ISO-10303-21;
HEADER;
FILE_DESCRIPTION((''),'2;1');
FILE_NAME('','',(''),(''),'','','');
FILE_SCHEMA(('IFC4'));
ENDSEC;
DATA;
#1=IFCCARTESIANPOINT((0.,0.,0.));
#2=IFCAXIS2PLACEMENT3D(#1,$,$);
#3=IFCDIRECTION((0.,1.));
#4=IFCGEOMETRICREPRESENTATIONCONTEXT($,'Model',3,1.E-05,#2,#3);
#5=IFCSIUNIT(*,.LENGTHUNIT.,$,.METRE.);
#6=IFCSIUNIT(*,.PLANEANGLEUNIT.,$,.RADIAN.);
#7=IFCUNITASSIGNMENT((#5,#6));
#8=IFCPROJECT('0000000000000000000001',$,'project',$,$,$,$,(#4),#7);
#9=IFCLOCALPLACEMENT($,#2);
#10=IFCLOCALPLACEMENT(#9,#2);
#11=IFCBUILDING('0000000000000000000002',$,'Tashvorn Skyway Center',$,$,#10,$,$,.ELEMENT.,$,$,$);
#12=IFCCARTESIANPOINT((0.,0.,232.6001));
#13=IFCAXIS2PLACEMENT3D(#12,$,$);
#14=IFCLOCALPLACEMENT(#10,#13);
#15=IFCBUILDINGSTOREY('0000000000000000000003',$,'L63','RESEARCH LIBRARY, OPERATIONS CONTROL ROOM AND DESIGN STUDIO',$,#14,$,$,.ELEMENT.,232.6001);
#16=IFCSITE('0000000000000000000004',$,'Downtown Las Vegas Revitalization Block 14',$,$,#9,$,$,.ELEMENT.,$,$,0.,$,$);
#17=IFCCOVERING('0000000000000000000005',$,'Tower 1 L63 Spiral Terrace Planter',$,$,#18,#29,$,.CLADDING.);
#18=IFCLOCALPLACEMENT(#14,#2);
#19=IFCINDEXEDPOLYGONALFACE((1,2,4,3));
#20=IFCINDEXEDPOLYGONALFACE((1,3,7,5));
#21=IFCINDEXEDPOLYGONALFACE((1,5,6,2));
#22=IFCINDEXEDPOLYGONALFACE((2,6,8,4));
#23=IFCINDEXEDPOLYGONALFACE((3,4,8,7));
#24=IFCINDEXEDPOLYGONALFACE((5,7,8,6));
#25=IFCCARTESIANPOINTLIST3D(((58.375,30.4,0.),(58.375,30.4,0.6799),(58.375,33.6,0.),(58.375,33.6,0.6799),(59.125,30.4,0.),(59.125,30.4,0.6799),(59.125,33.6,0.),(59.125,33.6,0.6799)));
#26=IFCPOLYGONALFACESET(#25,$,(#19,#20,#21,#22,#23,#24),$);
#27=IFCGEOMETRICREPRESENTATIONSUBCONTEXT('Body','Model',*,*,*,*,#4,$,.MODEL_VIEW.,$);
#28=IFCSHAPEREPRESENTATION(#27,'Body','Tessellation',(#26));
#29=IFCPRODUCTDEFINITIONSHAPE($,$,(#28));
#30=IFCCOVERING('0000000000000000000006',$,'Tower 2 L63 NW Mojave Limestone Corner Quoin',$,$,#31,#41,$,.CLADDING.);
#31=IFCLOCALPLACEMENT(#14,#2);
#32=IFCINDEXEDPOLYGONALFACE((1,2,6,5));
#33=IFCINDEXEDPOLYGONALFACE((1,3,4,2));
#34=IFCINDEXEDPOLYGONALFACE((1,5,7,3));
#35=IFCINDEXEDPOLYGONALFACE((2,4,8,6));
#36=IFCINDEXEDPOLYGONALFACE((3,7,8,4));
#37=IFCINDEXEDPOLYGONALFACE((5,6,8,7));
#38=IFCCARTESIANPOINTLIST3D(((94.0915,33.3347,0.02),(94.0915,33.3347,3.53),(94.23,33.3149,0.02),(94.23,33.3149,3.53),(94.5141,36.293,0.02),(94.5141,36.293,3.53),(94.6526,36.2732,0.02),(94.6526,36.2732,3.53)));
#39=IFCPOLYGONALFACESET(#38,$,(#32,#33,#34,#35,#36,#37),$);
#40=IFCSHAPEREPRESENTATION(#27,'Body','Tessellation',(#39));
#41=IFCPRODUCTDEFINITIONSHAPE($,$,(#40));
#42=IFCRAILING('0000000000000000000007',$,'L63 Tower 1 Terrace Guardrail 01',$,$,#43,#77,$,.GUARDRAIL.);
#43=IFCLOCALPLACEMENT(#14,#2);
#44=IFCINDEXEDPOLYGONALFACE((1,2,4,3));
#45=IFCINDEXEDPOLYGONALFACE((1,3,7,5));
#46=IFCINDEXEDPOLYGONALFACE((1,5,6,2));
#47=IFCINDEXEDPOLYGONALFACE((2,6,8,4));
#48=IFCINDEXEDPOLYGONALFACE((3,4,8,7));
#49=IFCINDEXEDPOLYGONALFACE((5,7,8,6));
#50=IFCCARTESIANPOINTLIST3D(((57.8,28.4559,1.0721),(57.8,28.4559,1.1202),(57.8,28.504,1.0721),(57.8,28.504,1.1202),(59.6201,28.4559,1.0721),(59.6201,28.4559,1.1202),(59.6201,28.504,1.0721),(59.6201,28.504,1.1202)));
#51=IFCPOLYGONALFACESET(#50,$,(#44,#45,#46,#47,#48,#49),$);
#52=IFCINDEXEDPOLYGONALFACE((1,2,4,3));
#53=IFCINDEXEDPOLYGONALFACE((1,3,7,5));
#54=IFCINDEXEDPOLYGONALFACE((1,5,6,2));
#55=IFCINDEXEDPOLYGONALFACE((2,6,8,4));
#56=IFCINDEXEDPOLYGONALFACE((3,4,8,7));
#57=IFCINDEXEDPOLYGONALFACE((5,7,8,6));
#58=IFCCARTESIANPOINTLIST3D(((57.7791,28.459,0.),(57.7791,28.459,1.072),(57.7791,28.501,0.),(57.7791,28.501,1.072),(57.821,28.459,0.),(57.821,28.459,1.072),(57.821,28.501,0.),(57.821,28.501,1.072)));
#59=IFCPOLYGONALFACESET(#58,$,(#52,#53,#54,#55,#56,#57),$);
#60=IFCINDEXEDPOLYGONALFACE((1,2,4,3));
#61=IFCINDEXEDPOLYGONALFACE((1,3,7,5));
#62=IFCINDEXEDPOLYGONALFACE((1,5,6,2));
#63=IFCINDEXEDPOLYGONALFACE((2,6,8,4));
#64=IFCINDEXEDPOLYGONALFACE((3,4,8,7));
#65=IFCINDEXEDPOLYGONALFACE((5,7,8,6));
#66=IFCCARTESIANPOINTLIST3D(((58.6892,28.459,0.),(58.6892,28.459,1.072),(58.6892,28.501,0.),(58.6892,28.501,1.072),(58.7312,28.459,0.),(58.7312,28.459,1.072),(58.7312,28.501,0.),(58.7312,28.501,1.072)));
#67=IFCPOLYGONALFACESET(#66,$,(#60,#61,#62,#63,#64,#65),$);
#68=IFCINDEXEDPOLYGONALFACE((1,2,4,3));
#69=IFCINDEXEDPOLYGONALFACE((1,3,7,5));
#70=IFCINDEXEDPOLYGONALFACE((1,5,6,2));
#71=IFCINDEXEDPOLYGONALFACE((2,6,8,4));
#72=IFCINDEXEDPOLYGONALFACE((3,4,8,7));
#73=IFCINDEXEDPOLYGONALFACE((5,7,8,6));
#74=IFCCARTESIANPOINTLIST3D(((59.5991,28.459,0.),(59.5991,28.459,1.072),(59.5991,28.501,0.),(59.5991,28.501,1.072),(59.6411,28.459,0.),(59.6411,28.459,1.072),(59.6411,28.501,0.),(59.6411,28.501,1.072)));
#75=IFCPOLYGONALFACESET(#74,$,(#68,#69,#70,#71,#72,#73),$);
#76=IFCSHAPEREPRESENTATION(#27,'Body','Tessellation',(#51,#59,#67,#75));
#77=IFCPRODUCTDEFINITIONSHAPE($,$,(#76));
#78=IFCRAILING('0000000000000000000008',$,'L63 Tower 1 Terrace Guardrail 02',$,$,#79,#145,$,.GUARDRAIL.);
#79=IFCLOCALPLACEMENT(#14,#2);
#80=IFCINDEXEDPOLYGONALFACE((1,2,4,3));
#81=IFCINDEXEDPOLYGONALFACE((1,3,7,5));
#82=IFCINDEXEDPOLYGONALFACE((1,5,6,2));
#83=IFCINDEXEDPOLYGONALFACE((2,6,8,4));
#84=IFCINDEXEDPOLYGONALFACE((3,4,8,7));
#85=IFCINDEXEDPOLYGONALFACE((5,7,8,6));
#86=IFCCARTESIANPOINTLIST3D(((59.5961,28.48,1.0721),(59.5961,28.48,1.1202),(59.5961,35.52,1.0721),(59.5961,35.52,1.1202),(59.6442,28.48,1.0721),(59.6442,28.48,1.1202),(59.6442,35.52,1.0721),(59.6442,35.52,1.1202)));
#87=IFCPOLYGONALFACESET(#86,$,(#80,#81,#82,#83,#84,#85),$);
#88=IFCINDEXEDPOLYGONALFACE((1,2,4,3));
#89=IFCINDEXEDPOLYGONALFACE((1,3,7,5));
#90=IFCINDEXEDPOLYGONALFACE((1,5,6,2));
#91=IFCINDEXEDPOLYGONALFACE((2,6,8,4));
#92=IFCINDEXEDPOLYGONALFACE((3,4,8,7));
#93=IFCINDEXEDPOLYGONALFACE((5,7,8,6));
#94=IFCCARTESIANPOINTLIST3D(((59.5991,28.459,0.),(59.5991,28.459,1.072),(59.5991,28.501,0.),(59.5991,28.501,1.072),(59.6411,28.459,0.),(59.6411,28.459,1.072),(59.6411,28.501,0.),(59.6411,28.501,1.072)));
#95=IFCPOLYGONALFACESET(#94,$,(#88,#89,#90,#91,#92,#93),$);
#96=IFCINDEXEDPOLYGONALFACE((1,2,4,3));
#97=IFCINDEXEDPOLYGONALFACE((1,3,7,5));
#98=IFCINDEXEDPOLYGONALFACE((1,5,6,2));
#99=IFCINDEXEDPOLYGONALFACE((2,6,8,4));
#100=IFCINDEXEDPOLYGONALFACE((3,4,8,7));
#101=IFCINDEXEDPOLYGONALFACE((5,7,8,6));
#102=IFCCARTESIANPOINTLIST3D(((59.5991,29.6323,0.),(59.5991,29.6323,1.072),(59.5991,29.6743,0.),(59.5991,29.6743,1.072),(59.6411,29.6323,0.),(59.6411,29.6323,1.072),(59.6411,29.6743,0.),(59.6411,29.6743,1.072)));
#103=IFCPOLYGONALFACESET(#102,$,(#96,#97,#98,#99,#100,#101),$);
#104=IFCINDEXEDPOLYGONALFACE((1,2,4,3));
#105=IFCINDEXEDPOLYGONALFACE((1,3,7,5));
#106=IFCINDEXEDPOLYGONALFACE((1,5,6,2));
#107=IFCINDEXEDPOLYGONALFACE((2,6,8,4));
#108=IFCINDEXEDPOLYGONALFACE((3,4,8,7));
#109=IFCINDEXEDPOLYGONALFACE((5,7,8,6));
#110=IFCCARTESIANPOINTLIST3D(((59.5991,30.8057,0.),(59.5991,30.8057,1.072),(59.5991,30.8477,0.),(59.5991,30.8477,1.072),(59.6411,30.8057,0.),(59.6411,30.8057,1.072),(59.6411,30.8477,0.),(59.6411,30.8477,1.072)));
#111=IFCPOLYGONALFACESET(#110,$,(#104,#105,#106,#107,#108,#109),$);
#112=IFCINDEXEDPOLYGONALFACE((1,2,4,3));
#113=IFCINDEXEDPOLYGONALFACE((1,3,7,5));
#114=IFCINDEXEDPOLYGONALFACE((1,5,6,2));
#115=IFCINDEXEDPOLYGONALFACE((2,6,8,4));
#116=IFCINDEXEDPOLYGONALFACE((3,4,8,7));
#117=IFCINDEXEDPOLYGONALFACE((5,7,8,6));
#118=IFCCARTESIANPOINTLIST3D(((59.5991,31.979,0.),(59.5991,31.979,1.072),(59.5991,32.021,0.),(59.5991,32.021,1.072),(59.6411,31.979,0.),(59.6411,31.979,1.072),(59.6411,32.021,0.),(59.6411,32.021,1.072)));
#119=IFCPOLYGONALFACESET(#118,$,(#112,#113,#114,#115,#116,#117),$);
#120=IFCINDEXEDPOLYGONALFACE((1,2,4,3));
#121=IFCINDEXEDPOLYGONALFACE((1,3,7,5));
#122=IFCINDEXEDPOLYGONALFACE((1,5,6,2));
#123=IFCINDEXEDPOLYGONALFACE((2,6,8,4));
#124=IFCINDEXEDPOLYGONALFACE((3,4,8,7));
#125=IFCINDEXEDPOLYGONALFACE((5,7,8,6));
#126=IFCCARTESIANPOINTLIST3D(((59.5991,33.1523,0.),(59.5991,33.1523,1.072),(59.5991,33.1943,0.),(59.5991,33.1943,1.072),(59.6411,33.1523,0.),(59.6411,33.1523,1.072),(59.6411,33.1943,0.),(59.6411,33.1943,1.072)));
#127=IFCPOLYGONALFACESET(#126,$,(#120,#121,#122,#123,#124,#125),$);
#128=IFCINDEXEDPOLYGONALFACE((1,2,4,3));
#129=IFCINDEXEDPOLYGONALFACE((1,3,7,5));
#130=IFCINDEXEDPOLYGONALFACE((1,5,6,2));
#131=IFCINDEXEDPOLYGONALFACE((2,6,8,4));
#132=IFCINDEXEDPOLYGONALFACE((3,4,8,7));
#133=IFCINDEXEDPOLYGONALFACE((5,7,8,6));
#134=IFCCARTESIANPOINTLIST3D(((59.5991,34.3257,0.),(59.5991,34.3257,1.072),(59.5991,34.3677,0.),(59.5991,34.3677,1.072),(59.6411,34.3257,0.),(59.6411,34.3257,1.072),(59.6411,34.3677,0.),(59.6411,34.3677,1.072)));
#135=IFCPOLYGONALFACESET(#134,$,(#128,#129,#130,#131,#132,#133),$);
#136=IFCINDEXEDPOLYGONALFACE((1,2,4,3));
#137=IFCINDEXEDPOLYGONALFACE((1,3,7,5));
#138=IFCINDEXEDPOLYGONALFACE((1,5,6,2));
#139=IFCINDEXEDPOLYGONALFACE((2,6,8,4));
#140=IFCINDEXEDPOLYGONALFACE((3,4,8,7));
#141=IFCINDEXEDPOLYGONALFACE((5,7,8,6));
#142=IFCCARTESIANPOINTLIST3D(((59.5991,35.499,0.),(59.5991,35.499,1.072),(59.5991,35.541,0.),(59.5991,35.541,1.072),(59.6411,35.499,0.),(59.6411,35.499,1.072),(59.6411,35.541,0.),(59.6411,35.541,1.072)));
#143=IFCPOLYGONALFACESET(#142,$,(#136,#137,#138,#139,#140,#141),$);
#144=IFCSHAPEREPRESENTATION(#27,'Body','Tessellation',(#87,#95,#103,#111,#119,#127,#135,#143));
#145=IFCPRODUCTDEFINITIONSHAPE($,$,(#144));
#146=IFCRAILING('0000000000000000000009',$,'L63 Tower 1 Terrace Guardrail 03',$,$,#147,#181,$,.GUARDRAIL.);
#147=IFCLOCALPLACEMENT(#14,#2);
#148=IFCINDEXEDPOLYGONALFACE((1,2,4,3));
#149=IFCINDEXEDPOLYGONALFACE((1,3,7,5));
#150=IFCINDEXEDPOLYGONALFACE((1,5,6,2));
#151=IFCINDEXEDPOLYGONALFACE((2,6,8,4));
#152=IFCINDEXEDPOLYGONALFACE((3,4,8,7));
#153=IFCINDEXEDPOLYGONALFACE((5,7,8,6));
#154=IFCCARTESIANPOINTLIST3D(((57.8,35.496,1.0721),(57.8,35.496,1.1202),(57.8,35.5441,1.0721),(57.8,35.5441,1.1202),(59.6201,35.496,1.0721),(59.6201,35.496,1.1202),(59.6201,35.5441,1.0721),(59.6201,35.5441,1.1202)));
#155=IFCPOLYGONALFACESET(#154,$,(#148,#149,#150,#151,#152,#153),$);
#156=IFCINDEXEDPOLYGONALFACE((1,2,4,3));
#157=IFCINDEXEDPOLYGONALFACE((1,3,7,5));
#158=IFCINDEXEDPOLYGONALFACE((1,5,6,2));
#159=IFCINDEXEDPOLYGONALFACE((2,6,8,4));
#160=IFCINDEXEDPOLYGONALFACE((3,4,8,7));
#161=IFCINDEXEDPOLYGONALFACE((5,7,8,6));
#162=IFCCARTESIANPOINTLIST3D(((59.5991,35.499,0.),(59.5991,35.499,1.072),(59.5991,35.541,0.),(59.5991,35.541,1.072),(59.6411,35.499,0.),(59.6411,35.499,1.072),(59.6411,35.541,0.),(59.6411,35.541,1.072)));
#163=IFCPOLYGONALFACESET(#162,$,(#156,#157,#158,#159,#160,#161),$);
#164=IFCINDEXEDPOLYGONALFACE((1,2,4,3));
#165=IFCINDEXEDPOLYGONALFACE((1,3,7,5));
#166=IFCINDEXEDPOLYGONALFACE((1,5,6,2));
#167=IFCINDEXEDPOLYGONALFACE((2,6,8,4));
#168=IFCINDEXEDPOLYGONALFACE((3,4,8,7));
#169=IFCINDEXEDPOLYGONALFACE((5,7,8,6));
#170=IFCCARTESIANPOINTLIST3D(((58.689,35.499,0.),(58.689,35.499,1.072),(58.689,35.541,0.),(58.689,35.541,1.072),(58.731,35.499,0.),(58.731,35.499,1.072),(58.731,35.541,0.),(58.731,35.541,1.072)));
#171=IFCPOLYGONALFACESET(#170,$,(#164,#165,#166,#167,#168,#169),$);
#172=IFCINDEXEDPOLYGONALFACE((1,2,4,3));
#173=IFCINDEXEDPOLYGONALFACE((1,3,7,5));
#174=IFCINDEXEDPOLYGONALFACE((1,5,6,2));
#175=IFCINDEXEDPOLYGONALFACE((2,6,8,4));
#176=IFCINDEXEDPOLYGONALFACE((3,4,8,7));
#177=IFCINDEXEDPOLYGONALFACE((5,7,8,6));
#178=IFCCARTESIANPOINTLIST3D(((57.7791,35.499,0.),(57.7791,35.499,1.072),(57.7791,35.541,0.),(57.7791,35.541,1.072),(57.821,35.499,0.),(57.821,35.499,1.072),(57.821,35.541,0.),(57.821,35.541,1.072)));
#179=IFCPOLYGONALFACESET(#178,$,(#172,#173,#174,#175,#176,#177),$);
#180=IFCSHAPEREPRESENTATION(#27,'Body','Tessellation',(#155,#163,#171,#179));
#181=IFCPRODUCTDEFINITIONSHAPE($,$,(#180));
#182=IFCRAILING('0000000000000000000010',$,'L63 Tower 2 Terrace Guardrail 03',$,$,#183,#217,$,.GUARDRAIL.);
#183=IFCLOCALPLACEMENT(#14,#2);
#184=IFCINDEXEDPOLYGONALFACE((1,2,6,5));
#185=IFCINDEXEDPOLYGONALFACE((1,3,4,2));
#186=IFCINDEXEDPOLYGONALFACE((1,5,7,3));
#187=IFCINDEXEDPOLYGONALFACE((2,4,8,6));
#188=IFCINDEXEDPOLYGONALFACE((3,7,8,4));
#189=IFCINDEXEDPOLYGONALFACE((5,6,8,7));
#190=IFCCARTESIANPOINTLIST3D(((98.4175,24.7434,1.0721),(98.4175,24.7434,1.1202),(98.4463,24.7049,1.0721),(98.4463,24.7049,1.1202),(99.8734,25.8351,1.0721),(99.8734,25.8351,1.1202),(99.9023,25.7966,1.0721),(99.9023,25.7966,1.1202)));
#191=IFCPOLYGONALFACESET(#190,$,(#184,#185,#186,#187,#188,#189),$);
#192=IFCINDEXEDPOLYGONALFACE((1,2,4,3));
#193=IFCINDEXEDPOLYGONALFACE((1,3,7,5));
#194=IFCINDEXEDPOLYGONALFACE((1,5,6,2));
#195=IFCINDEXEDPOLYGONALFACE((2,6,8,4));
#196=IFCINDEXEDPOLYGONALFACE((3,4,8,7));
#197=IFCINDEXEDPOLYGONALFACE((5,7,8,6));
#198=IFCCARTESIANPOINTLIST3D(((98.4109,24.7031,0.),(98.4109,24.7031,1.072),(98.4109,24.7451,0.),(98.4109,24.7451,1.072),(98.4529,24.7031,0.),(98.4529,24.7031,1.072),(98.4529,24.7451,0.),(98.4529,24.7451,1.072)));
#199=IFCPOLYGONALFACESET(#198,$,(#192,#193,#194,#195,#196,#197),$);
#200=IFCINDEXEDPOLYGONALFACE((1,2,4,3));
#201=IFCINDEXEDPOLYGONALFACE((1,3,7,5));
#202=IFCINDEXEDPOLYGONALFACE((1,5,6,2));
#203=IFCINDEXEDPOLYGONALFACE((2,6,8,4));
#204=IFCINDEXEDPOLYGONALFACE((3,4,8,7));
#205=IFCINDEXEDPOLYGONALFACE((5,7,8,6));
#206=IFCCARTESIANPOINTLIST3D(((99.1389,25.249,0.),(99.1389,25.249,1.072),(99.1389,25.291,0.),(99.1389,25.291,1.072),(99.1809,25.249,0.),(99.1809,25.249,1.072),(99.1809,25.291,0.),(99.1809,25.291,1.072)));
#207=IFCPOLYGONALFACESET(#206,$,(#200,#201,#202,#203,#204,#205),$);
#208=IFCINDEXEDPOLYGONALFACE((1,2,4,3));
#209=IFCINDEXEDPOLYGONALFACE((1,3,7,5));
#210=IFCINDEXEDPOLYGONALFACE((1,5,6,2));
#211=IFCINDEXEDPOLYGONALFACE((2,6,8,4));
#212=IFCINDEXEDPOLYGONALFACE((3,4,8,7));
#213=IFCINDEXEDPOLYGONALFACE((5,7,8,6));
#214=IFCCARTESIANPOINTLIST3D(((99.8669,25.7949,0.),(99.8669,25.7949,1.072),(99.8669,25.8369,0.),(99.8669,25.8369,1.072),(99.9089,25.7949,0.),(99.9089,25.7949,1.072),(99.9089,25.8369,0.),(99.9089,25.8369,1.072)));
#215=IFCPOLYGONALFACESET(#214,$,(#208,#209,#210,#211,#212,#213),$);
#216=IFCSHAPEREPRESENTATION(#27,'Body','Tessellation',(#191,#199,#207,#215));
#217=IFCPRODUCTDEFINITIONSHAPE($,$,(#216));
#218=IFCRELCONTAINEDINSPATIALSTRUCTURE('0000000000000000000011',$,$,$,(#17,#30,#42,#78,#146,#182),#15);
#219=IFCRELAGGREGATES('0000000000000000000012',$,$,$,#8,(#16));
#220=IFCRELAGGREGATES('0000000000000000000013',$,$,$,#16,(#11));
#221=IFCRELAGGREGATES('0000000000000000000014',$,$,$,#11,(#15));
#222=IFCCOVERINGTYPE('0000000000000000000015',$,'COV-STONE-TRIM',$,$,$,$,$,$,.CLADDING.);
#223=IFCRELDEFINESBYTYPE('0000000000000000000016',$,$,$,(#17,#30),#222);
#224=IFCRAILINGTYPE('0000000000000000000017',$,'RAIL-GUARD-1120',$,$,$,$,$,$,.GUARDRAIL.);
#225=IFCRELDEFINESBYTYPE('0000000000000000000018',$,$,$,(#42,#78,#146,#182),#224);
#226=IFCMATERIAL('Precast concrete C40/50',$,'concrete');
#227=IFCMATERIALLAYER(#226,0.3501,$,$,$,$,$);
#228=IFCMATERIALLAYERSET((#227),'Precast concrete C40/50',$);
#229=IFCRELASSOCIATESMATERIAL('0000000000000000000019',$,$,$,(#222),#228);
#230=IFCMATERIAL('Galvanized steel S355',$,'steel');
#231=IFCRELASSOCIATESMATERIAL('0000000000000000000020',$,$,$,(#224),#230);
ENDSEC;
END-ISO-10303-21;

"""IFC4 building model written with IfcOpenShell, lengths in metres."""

from ifc_helpers import new_model, si_unit, direction, frame, origin, origin_2d, place, context, subcontext, project, spatial, rectangle, extrude, material, layer, layer_set, type_object, element, save


model = new_model("IFC4")

# Units and contexts
model_context = context("Model", 3, precision=1e-05, world=origin(), true_north=direction((0.0, 1.0)))
body_context = subcontext(model_context, "Body", "Model", "MODEL_VIEW")
ifc_project = project(units=[si_unit("LENGTHUNIT", "METRE"), si_unit("PLANEANGLEUNIT", "RADIAN")], contexts=[model_context])

# Site, building, storey
site_placement = place(None, origin())
site = spatial("IfcSite", under=ifc_project, at=site_placement, Name="Downtown Las Vegas Revitalization Block 14", CompositionType="ELEMENT", RefElevation=0.0)
building_placement = place(site_placement, origin())
building = spatial("IfcBuilding", under=site, at=building_placement, Name="Tashvorn Skyway Center", CompositionType="ELEMENT")
storey_placement = place(building_placement, frame((0.0, 0.0, 232.6001)))
storey = spatial("IfcBuildingStorey", under=building, at=storey_placement, Name="L63", Description="RESEARCH LIBRARY, OPERATIONS CONTROL ROOM AND DESIGN STUDIO", CompositionType="ELEMENT", Elevation=232.6001)

# Shared definitions
ifc_material_1 = material(Name="Precast concrete C40/50", Category="concrete")

# Coverings
ifc_layer_1 = layer(ifc_material_1, 0.3501)
ifc_layer_set_1 = layer_set([ifc_layer_1], Name="Precast concrete C40/50")
covering_type_1 = type_object("IfcCoveringType", Name="COV-STONE-TRIM", PredefinedType="CLADDING", material=ifc_layer_set_1)
covering_1_placement = place(storey_placement, frame((58.75, 32.0, 0.0), z_axis=(0.0, 0.0, 1.0), x_axis=(0.0, -1.0, 0.0)))
element("IfcCovering", 1, at=covering_1_placement, inside=storey, type_object=covering_type_1, Name="Tower 1 L63 Spiral Terrace Planter", PredefinedType="CLADDING", context=body_context, shape_type="SweptSolid", body=[
    extrude(rectangle(XDim=3.2, YDim=0.75, at=origin_2d()), origin(), (0.0, 0.0, 1.0), 0.6799),
])
covering_2_placement = place(storey_placement, frame((94.3721, 34.804, 0.02), z_axis=(0.0, 0.0, 1.0), x_axis=(-0.141421, -0.989949, 0.0)))
element("IfcCovering", 2, at=covering_2_placement, inside=storey, type_object=covering_type_1, Name="Tower 2 L63 NW Mojave Limestone Corner Quoin", PredefinedType="CLADDING", context=body_context, shape_type="SweptSolid", body=[
    extrude(rectangle(XDim=2.9883, YDim=0.1399, at=origin_2d()), origin(), (0.0, 0.0, 1.0), 3.51),
])

# Railings
ifc_material_2 = material(Name="Galvanized steel S355", Category="steel")
railing_type = type_object("IfcRailingType", Name="RAIL-GUARD-1120", PredefinedType="GUARDRAIL", material=ifc_material_2)
railing_1_placement = place(storey_placement, frame((57.8, 28.48, 0.0)))
element("IfcRailing", 3, at=railing_1_placement, inside=storey, type_object=railing_type, Name="L63 Tower 1 Terrace Guardrail 01", PredefinedType="GUARDRAIL", context=body_context, shape_type="SweptSolid", body=[
    extrude(rectangle(XDim=0.0481, YDim=0.0481, at=origin_2d()), frame((0.0, 0.0, 1.0962), z_axis=(1.0, 0.0, 0.0), x_axis=(0.0, 1.0, 0.0)), (0.0, 0.0, 1.0), 1.8201),
    extrude(rectangle(XDim=0.042, YDim=0.042, at=origin_2d()), origin(), (0.0, 0.0, 1.0), 1.072),
    extrude(rectangle(XDim=0.042, YDim=0.042, at=origin_2d()), frame((0.9102, 0.0, 0.0)), (0.0, 0.0, 1.0), 1.072),
    extrude(rectangle(XDim=0.042, YDim=0.042, at=origin_2d()), frame((1.8201, 0.0, 0.0)), (0.0, 0.0, 1.0), 1.072),
])
railing_2_placement = place(storey_placement, frame((59.6201, 28.48, 0.0)))
element("IfcRailing", 4, at=railing_2_placement, inside=storey, type_object=railing_type, Name="L63 Tower 1 Terrace Guardrail 02", PredefinedType="GUARDRAIL", context=body_context, shape_type="SweptSolid", body=[
    extrude(rectangle(XDim=0.0481, YDim=0.0481, at=origin_2d()), frame((0.0, 0.0, 1.0962), z_axis=(0.0, 1.0, 0.0), x_axis=(-1.0, 0.0, 0.0)), (0.0, 0.0, 1.0), 7.04),
    extrude(rectangle(XDim=0.042, YDim=0.042, at=origin_2d()), origin(), (0.0, 0.0, 1.0), 1.072),
    extrude(rectangle(XDim=0.042, YDim=0.042, at=origin_2d()), frame((0.0, 1.1733, 0.0)), (0.0, 0.0, 1.0), 1.072),
    extrude(rectangle(XDim=0.042, YDim=0.042, at=origin_2d()), frame((0.0, 2.3467, 0.0)), (0.0, 0.0, 1.0), 1.072),
    extrude(rectangle(XDim=0.042, YDim=0.042, at=origin_2d()), frame((0.0, 3.52, 0.0)), (0.0, 0.0, 1.0), 1.072),
    extrude(rectangle(XDim=0.042, YDim=0.042, at=origin_2d()), frame((0.0, 4.6934, 0.0)), (0.0, 0.0, 1.0), 1.072),
    extrude(rectangle(XDim=0.042, YDim=0.042, at=origin_2d()), frame((0.0, 5.8667, 0.0)), (0.0, 0.0, 1.0), 1.072),
    extrude(rectangle(XDim=0.042, YDim=0.042, at=origin_2d()), frame((0.0, 7.04, 0.0)), (0.0, 0.0, 1.0), 1.072),
])
railing_3_placement = place(storey_placement, frame((59.6201, 35.52, 0.0)))
element("IfcRailing", 5, at=railing_3_placement, inside=storey, type_object=railing_type, Name="L63 Tower 1 Terrace Guardrail 03", PredefinedType="GUARDRAIL", context=body_context, shape_type="SweptSolid", body=[
    extrude(rectangle(XDim=0.0481, YDim=0.0481, at=origin_2d()), frame((0.0, 0.0, 1.0962), z_axis=(-1.0, 0.0, 0.0), x_axis=(0.0, -1.0, 0.0)), (0.0, 0.0, 1.0), 1.8201),
    extrude(rectangle(XDim=0.042, YDim=0.042, at=origin_2d()), origin(), (0.0, 0.0, 1.0), 1.072),
    extrude(rectangle(XDim=0.042, YDim=0.042, at=origin_2d()), frame((-0.9102, 0.0, 0.0)), (0.0, 0.0, 1.0), 1.072),
    extrude(rectangle(XDim=0.042, YDim=0.042, at=origin_2d()), frame((-1.8201, 0.0, 0.0)), (0.0, 0.0, 1.0), 1.072),
])
railing_4_placement = place(storey_placement, frame((98.4319, 24.7241, 0.0)))
element("IfcRailing", 6, at=railing_4_placement, inside=storey, type_object=railing_type, Name="L63 Tower 2 Terrace Guardrail 03", PredefinedType="GUARDRAIL", context=body_context, shape_type="SweptSolid", body=[
    extrude(rectangle(XDim=0.0481, YDim=0.0481, at=origin_2d()), frame((0.0, 0.0, 1.0962), z_axis=(0.800064, 0.599914, 0.0), x_axis=(-0.599914, 0.800064, 0.0)), (0.0, 0.0, 1.0), 1.8198),
    extrude(rectangle(XDim=0.042, YDim=0.042, at=origin_2d()), origin(), (0.0, 0.0, 1.0), 1.072),
    extrude(rectangle(XDim=0.042, YDim=0.042, at=origin_2d()), frame((0.728, 0.5459, 0.0)), (0.0, 0.0, 1.0), 1.072),
    extrude(rectangle(XDim=0.042, YDim=0.042, at=origin_2d()), frame((1.4561, 1.0918, 0.0)), (0.0, 0.0, 1.0), 1.072),
])

save(model, "model.ifc")
